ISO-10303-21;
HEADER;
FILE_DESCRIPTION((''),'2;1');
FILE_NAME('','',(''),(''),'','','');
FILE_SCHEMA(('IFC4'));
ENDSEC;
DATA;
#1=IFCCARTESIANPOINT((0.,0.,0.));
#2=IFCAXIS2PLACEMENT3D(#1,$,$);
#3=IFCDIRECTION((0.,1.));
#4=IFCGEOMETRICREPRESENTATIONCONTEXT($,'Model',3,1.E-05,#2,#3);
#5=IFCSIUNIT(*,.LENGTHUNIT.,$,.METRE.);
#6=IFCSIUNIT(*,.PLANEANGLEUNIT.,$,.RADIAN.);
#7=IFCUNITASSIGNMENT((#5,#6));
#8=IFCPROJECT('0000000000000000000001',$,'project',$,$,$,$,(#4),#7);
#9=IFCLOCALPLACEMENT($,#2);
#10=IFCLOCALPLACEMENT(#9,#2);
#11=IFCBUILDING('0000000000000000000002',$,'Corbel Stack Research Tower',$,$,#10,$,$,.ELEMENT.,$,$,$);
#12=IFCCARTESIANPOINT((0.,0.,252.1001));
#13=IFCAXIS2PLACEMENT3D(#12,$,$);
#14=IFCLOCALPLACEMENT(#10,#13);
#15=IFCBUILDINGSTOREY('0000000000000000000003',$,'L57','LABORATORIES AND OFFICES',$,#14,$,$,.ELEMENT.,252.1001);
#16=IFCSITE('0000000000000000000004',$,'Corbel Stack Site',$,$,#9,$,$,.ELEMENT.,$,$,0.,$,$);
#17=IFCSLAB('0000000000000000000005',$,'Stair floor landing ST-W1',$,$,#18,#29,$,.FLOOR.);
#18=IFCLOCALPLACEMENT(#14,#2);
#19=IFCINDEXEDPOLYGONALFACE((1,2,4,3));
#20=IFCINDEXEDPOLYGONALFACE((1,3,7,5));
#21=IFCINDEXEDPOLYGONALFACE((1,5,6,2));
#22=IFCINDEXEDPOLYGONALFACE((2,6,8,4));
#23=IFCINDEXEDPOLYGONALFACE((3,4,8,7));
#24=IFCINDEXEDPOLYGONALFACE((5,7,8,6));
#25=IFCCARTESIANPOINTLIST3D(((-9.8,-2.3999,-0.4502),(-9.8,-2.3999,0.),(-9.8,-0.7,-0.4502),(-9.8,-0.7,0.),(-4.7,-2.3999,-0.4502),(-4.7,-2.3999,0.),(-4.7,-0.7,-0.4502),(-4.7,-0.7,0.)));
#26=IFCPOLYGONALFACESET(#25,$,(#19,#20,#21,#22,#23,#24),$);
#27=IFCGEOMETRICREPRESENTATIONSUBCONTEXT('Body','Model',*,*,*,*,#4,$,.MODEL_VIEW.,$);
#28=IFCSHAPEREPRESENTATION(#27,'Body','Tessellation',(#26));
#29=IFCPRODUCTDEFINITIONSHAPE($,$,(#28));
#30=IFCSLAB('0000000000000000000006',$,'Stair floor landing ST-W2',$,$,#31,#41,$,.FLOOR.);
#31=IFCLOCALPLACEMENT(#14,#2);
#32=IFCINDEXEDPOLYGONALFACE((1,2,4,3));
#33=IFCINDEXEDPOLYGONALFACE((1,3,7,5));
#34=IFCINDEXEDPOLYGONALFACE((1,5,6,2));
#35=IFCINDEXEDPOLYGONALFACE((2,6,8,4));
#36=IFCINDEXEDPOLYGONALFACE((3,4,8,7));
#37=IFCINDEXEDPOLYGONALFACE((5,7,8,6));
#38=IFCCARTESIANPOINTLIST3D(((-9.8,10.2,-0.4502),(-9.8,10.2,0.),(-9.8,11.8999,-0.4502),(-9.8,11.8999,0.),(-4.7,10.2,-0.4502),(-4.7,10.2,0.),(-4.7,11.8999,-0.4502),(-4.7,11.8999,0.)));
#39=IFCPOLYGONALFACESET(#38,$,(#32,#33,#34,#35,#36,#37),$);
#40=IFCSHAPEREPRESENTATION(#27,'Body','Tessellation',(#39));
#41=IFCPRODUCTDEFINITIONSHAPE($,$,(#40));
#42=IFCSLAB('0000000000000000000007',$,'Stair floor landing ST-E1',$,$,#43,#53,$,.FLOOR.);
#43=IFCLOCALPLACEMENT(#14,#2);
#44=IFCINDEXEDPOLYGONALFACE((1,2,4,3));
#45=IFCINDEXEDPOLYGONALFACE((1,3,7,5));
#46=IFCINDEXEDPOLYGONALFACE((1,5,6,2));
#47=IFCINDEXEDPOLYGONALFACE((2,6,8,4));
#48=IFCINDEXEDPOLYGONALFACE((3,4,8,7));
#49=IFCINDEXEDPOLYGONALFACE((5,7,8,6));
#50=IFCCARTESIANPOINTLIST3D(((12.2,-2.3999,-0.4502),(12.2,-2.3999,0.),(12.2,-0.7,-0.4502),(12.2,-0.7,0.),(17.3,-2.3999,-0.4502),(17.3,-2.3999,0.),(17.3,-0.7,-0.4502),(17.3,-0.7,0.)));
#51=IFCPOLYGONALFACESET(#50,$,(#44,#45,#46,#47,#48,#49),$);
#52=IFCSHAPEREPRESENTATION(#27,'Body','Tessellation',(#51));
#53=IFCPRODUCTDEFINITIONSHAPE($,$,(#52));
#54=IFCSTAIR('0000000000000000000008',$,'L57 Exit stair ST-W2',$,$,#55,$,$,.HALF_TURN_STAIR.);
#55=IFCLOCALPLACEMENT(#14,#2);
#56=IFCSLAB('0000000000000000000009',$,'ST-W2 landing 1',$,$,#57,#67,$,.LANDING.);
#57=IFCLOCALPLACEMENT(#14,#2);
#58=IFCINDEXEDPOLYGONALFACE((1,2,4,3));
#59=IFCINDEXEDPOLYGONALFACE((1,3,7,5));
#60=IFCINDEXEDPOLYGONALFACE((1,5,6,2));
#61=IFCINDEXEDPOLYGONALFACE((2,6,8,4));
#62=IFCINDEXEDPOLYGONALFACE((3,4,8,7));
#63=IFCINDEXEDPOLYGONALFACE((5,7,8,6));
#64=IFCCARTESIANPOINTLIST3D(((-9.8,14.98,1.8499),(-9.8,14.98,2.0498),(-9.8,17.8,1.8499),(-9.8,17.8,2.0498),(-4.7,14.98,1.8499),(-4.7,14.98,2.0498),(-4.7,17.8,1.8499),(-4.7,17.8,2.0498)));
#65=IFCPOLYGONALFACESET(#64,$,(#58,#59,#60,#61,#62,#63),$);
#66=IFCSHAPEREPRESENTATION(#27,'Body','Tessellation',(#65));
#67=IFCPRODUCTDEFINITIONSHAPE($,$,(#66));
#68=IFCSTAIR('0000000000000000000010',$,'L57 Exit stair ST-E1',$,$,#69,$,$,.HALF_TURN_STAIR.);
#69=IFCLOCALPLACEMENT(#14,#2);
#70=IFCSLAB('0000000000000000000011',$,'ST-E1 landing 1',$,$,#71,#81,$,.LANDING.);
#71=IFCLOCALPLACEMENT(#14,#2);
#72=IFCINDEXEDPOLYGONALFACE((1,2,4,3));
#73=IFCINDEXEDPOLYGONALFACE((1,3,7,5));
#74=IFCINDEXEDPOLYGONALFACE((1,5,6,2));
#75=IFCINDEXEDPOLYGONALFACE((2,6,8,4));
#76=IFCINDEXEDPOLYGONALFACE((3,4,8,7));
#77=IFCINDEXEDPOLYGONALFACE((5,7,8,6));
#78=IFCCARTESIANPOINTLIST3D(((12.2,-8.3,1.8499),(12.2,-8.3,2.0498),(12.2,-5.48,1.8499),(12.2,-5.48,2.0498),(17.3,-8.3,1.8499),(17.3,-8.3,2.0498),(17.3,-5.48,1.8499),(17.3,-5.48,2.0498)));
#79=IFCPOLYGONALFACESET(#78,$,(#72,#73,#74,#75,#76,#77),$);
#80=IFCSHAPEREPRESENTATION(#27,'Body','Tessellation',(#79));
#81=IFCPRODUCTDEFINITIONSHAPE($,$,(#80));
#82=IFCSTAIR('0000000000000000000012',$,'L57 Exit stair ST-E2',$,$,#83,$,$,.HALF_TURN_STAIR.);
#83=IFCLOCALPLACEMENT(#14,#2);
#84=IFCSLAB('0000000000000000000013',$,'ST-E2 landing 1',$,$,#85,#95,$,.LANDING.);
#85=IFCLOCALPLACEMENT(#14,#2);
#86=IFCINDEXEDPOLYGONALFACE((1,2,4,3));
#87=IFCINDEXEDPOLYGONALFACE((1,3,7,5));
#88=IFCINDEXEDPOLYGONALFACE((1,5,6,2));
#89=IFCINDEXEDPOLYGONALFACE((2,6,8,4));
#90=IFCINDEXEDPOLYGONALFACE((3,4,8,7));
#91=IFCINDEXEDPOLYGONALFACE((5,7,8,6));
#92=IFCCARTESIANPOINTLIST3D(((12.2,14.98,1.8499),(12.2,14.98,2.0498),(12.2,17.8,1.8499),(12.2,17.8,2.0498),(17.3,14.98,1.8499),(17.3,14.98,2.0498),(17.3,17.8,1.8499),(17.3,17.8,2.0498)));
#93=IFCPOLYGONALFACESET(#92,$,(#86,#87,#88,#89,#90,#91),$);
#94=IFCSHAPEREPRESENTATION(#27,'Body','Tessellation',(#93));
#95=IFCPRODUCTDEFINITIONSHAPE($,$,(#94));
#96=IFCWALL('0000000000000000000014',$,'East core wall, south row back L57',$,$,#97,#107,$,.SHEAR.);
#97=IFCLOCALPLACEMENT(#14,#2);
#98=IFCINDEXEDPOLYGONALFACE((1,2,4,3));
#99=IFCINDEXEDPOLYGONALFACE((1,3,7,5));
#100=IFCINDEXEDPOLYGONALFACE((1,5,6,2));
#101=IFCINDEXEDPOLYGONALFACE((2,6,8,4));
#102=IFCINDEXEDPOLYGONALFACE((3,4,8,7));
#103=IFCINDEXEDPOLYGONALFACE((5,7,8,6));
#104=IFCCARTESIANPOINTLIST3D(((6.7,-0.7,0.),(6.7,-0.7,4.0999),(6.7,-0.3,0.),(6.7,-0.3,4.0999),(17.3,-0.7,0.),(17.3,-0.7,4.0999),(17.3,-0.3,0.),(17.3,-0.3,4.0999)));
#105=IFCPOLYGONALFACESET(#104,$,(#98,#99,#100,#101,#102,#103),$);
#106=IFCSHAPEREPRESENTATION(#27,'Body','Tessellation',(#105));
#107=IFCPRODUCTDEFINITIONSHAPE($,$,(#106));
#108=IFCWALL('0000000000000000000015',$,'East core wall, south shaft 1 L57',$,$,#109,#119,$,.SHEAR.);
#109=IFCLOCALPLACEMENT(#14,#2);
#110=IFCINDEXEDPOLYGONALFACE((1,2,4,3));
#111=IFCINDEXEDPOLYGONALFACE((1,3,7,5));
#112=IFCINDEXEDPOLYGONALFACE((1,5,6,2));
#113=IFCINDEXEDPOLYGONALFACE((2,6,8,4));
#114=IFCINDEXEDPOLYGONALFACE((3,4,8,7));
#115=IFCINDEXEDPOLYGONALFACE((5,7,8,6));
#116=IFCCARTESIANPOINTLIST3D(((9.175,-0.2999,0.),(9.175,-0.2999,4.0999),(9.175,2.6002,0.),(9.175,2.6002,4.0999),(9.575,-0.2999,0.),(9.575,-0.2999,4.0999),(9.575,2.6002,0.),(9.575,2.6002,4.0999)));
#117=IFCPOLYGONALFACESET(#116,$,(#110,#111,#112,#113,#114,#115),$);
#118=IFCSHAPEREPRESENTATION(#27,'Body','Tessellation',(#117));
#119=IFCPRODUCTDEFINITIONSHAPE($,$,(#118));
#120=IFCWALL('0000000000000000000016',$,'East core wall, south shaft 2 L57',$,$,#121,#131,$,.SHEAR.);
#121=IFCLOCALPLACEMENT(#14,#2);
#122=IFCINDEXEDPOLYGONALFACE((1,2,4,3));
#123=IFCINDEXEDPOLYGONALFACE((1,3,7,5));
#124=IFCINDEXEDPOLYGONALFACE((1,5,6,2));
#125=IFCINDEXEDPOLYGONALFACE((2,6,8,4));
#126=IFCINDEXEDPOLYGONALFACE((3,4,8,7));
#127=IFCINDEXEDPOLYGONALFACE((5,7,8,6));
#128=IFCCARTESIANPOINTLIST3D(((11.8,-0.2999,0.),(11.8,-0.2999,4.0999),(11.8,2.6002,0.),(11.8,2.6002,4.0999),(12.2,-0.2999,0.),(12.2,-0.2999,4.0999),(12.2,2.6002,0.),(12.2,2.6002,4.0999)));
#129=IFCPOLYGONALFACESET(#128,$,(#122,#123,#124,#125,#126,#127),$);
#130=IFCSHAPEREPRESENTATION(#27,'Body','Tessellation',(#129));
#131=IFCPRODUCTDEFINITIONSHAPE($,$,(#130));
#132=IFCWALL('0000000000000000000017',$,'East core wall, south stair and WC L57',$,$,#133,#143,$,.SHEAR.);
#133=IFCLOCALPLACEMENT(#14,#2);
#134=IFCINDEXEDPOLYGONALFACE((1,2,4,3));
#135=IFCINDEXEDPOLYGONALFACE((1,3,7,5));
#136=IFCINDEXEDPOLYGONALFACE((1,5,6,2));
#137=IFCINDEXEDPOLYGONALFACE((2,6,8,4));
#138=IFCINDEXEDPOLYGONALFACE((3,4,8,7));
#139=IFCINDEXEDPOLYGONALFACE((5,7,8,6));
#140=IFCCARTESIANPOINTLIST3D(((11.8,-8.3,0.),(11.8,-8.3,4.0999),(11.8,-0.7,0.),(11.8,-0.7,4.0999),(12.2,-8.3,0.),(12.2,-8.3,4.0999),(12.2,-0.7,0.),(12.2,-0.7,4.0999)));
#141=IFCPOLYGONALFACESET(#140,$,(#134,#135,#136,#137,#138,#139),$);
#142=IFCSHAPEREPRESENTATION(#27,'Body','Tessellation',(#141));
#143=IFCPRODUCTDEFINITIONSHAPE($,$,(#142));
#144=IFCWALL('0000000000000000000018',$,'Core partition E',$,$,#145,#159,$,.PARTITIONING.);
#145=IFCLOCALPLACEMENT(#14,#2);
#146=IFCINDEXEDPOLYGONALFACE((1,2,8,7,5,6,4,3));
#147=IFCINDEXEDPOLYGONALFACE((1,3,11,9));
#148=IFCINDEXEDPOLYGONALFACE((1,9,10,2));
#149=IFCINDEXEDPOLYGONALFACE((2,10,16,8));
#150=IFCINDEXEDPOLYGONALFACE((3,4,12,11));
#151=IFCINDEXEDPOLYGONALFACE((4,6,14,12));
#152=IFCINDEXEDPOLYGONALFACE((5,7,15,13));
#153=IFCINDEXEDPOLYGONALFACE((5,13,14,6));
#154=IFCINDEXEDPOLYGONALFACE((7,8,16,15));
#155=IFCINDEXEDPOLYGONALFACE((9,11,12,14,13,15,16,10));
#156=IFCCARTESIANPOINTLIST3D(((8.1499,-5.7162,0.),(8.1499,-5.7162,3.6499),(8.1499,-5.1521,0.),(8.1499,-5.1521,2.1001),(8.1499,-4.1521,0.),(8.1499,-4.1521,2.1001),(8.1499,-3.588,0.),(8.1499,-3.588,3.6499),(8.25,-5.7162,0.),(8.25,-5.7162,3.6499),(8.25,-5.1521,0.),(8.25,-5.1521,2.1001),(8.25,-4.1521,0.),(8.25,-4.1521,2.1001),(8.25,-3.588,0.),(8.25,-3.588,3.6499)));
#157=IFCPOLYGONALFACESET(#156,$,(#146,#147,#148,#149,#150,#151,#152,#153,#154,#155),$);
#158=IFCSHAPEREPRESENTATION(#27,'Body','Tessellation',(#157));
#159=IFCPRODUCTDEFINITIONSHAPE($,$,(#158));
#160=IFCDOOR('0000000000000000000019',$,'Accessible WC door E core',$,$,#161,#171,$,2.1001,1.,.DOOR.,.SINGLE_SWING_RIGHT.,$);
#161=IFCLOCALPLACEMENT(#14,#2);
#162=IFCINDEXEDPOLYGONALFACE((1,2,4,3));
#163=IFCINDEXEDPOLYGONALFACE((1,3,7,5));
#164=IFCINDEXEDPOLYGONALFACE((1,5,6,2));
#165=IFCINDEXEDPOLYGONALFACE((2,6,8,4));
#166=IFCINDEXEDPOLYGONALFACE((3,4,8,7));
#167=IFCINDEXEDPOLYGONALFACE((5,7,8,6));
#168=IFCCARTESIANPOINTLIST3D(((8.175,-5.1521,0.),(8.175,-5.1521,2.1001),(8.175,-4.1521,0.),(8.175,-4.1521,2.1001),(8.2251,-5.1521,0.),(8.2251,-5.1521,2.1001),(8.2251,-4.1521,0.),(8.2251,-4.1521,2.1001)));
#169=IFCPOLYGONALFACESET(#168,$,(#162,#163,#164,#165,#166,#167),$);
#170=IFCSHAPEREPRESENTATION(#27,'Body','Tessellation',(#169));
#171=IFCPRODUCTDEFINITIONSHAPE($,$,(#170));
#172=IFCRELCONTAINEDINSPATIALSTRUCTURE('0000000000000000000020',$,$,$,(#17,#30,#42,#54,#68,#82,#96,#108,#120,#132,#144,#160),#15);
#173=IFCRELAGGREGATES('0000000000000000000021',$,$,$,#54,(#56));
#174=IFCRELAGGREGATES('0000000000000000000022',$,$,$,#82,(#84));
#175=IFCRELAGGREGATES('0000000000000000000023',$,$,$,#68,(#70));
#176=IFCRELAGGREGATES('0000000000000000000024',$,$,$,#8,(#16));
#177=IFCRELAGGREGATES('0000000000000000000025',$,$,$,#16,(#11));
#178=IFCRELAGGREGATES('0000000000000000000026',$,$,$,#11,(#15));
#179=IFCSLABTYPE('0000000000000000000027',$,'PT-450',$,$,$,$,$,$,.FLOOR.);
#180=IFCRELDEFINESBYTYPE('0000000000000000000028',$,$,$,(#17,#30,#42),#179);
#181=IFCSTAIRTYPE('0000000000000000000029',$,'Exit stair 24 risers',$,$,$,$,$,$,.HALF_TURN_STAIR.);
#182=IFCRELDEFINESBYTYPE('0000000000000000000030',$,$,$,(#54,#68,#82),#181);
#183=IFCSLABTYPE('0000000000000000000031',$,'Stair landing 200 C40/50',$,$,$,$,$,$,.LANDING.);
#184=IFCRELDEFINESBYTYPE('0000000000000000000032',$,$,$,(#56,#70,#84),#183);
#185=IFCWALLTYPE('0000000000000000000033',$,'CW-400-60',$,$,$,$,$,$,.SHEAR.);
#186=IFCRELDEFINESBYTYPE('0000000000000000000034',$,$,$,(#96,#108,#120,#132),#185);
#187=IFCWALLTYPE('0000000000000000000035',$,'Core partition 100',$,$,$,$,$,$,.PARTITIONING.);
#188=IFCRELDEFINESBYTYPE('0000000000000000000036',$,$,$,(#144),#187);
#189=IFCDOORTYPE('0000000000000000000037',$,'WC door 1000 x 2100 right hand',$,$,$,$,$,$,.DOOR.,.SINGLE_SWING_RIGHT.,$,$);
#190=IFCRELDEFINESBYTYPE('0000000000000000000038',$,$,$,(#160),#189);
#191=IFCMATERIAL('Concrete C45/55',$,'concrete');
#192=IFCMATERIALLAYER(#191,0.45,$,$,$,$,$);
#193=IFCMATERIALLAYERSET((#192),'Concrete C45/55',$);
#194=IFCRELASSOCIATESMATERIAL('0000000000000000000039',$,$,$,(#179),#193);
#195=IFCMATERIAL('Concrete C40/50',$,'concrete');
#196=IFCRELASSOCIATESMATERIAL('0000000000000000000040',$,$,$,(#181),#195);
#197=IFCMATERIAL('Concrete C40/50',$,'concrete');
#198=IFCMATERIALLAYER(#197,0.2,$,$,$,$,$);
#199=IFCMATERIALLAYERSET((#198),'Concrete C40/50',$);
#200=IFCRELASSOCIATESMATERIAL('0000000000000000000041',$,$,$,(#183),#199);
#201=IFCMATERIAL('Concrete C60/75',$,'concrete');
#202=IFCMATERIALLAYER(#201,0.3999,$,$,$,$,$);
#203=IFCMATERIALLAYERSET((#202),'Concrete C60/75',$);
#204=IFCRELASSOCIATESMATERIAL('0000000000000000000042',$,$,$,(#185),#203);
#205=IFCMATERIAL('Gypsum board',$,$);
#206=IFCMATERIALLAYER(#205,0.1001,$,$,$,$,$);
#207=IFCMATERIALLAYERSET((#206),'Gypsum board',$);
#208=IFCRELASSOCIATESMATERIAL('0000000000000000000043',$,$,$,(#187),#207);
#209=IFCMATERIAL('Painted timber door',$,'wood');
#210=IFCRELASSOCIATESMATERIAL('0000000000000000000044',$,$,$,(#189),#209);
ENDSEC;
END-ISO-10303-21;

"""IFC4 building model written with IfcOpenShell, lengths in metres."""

from ifc_helpers import new_model, si_unit, direction, frame, frame_2d, origin, place, context, subcontext, project, spatial, polyline, rectangle, outline, extrude, material, layer, layer_set, type_object, element, fill, aggregate, save


model = new_model("IFC4")

# Units and contexts
model_context = context("Model", 3, precision=1e-05, world=origin(), true_north=direction((0.0, 1.0)))
body_context = subcontext(model_context, "Body", "Model", "MODEL_VIEW")
ifc_project = project(units=[si_unit("LENGTHUNIT", "METRE"), si_unit("PLANEANGLEUNIT", "RADIAN")], contexts=[model_context])

# Site, building, storey
site_placement = place(None, origin())
site = spatial("IfcSite", under=ifc_project, at=site_placement, Name="Corbel Stack Site", CompositionType="ELEMENT", RefElevation=0.0)
building_placement = place(site_placement, origin())
building = spatial("IfcBuilding", under=site, at=building_placement, Name="Corbel Stack Research Tower", CompositionType="ELEMENT")
storey_placement = place(building_placement, frame((0.0, 0.0, 252.1001)))
storey = spatial("IfcBuildingStorey", under=building, at=storey_placement, Name="L57", Description="LABORATORIES AND OFFICES", CompositionType="ELEMENT", Elevation=252.1001)

# Slabs
ifc_material_1 = material(Name="Concrete C45/55", Category="concrete")
ifc_layer_1 = layer(ifc_material_1, 0.45)
ifc_layer_set_1 = layer_set([ifc_layer_1], Name="Concrete C45/55")
slab_type_1 = type_object("IfcSlabType", Name="PT-450", PredefinedType="FLOOR", material=ifc_layer_set_1)
slab_1_placement = place(storey_placement, frame((0.0, 0.0, -0.4502)))
element("IfcSlab", 1, at=slab_1_placement, inside=storey, type_object=slab_type_1, Name="Stair floor landing ST-W1", PredefinedType="FLOOR", context=body_context, shape_type="SweptSolid", body=[
    extrude(outline(polyline([(-9.8, -2.3999), (-4.7, -2.3999), (-4.7, -0.7), (-9.8, -0.7), (-9.8, -2.3999)])), origin(), (0.0, 0.0, 1.0), 0.4502),
])
slab_2_placement = place(storey_placement, frame((0.0, 0.0, -0.4502)))
element("IfcSlab", 2, at=slab_2_placement, inside=storey, type_object=slab_type_1, Name="Stair floor landing ST-W2", PredefinedType="FLOOR", context=body_context, shape_type="SweptSolid", body=[
    extrude(outline(polyline([(-9.8, 10.2), (-4.7, 10.2), (-4.7, 11.8999), (-9.8, 11.8999), (-9.8, 10.2)])), origin(), (0.0, 0.0, 1.0), 0.4502),
])
slab_3_placement = place(storey_placement, frame((0.0, 0.0, -0.4502)))
element("IfcSlab", 3, at=slab_3_placement, inside=storey, type_object=slab_type_1, Name="Stair floor landing ST-E1", PredefinedType="FLOOR", context=body_context, shape_type="SweptSolid", body=[
    extrude(outline(polyline([(12.2, -2.3999), (17.3, -2.3999), (17.3, -0.7), (12.2, -0.7), (12.2, -2.3999)])), origin(), (0.0, 0.0, 1.0), 0.4502),
])

# Stairs, slabs
ifc_material_2 = material(Name="Concrete C40/50", Category="concrete")
stair_type = type_object("IfcStairType", Name="Exit stair 24 risers", PredefinedType="HALF_TURN_STAIR", material=ifc_material_2)
stair_1_placement = place(storey_placement, origin())
stair_1 = element("IfcStair", 4, at=stair_1_placement, inside=storey, type_object=stair_type, Name="L57 Exit stair ST-W2", PredefinedType="HALF_TURN_STAIR")
ifc_material_3 = material(Name="Concrete C40/50", Category="concrete")
ifc_layer_2 = layer(ifc_material_3, 0.2)
ifc_layer_set_2 = layer_set([ifc_layer_2], Name="Concrete C40/50")
slab_type_2 = type_object("IfcSlabType", Name="Stair landing 200 C40/50", PredefinedType="LANDING", material=ifc_layer_set_2)
slab_4_placement = place(storey_placement, frame((0.0, 0.0, 1.8499)))
slab_4 = element("IfcSlab", 5, at=slab_4_placement, type_object=slab_type_2, Name="ST-W2 landing 1", PredefinedType="LANDING", context=body_context, shape_type="SweptSolid", body=[
    extrude(outline(polyline([(-9.8, 14.98), (-9.8, 17.8), (-4.7, 17.8), (-4.7, 14.98), (-9.8, 14.98)])), origin(), (0.0, 0.0, 1.0), 0.2),
])
aggregate(stair_1, [slab_4])
stair_2_placement = place(storey_placement, origin())
stair_2 = element("IfcStair", 6, at=stair_2_placement, inside=storey, type_object=stair_type, Name="L57 Exit stair ST-E1", PredefinedType="HALF_TURN_STAIR")
slab_5_placement = place(storey_placement, frame((0.0, 0.0, 1.8499)))
slab_5 = element("IfcSlab", 7, at=slab_5_placement, type_object=slab_type_2, Name="ST-E1 landing 1", PredefinedType="LANDING", context=body_context, shape_type="SweptSolid", body=[
    extrude(outline(polyline([(12.2, -8.3), (12.2, -5.48), (17.3, -5.48), (17.3, -8.3), (12.2, -8.3)])), origin(), (0.0, 0.0, 1.0), 0.2),
])
stair_3_placement = place(storey_placement, origin())
stair_3 = element("IfcStair", 8, at=stair_3_placement, inside=storey, type_object=stair_type, Name="L57 Exit stair ST-E2", PredefinedType="HALF_TURN_STAIR")
slab_6_placement = place(storey_placement, frame((0.0, 0.0, 1.8499)))
slab_6 = element("IfcSlab", 9, at=slab_6_placement, type_object=slab_type_2, Name="ST-E2 landing 1", PredefinedType="LANDING", context=body_context, shape_type="SweptSolid", body=[
    extrude(outline(polyline([(12.2, 14.98), (12.2, 17.8), (17.3, 17.8), (17.3, 14.98), (12.2, 14.98)])), origin(), (0.0, 0.0, 1.0), 0.2),
])
aggregate(stair_3, [slab_6])

# Walls
ifc_material_4 = material(Name="Concrete C60/75", Category="concrete")
ifc_layer_3 = layer(ifc_material_4, 0.3999)
ifc_layer_set_3 = layer_set([ifc_layer_3], Name="Concrete C60/75")
wall_type_1 = type_object("IfcWallType", Name="CW-400-60", PredefinedType="SHEAR", material=ifc_layer_set_3)
wall_1_placement = place(storey_placement, frame((6.7, -0.5, 0.0), z_axis=(0.0, 0.0, 1.0), x_axis=(1.0, 0.0, 0.0)))
element("IfcWall", 10, at=wall_1_placement, inside=storey, type_object=wall_type_1, Name="East core wall, south row back L57", PredefinedType="SHEAR", context=body_context, shape_type="SweptSolid", body=[
    extrude(rectangle(XDim=10.6001, YDim=0.3999, at=frame_2d((5.3, 0.0))), origin(), (0.0, 0.0, 1.0), 4.0999),
])
for number, where, z_axis, x_axis, name in (
    (11, (9.375, -0.3, 0.0), (0.0, 0.0, 1.0), (0.0, 1.0, 0.0), "East core wall, south shaft 1 L57"),
    (12, (12.0, -0.3, 0.0), (0.0, 0.0, 1.0), (0.0, 1.0, 0.0), "East core wall, south shaft 2 L57"),
):
    element("IfcWall", number, at=place(storey_placement, frame(where, z_axis=z_axis, x_axis=x_axis)), inside=storey, type_object=wall_type_1, Name=name, PredefinedType="SHEAR", context=body_context, shape_type="SweptSolid", body=[
        extrude(rectangle(XDim=2.9001, YDim=0.3999, at=frame_2d((1.4502, 0.0))), origin(), (0.0, 0.0, 1.0), 4.0999),
    ])
wall_2_placement = place(storey_placement, frame((12.0, -8.3, 0.0), z_axis=(0.0, 0.0, 1.0), x_axis=(0.0, 1.0, 0.0)))
element("IfcWall", 13, at=wall_2_placement, inside=storey, type_object=wall_type_1, Name="East core wall, south stair and WC L57", PredefinedType="SHEAR", context=body_context, shape_type="SweptSolid", body=[
    extrude(rectangle(XDim=7.6001, YDim=0.3999, at=frame_2d((3.8, 0.0))), origin(), (0.0, 0.0, 1.0), 4.0999),
])

# Wall, opening, door
ifc_material_5 = material(Name="Gypsum board")
ifc_layer_4 = layer(ifc_material_5, 0.1001)
ifc_layer_set_4 = layer_set([ifc_layer_4], Name="Gypsum board")
wall_type_2 = type_object("IfcWallType", Name="Core partition 100", PredefinedType="PARTITIONING", material=ifc_layer_set_4)
wall_3_placement = place(storey_placement, frame((8.2, -5.7161, 0.0), z_axis=(0.0, 0.0, 1.0), x_axis=(0.0, 1.0, 0.0)))
wall_3 = element("IfcWall", 14, at=wall_3_placement, inside=storey, type_object=wall_type_2, Name="Core partition E", PredefinedType="PARTITIONING", context=body_context, shape_type="SweptSolid", body=[
    extrude(rectangle(XDim=2.1282, YDim=0.1001, at=frame_2d((1.064, 0.0))), origin(), (0.0, 0.0, 1.0), 3.6499),
])
opening_1_placement = place(wall_3_placement, frame((0.564, 0.0, 0.0)))
opening_1 = element("IfcOpeningElement", 15, at=opening_1_placement, cuts=wall_3, PredefinedType="OPENING", context=body_context, shape_type="SweptSolid", body=[
    extrude(rectangle(XDim=1.0, YDim=2.1001, at=frame_2d((0.5, 1.05))), frame((0.0, 0.0601, 0.0), z_axis=(0.0, -1.0, 0.0), x_axis=(1.0, 0.0, 0.0)), (0.0, 0.0, 1.0), 0.1201),
])
ifc_material_6 = material(Name="Painted timber door", Category="wood")
door_type_1 = type_object("IfcDoorType", Name="WC door 1000 x 2100 right hand", OperationType="SINGLE_SWING_RIGHT", PredefinedType="DOOR", material=ifc_material_6)
door_1_placement = place(opening_1_placement, origin())
door_1 = element("IfcDoor", 16, at=door_1_placement, inside=storey, type_object=door_type_1, Name="Accessible WC door E core", OperationType="SINGLE_SWING_RIGHT", OverallHeight=2.1001, OverallWidth=1.0, PredefinedType="DOOR", context=body_context, shape_type="SweptSolid", body=[
    extrude(rectangle(XDim=1.0, YDim=2.1001, at=frame_2d((0.5, 1.05))), frame((0.0, 0.0249, 0.0), z_axis=(0.0, -1.0, 0.0), x_axis=(1.0, 0.0, 0.0)), (0.0, 0.0, 1.0), 0.05),
])
fill(opening_1, door_1)

aggregate(stair_2, [slab_5])

save(model, "model.ifc")
